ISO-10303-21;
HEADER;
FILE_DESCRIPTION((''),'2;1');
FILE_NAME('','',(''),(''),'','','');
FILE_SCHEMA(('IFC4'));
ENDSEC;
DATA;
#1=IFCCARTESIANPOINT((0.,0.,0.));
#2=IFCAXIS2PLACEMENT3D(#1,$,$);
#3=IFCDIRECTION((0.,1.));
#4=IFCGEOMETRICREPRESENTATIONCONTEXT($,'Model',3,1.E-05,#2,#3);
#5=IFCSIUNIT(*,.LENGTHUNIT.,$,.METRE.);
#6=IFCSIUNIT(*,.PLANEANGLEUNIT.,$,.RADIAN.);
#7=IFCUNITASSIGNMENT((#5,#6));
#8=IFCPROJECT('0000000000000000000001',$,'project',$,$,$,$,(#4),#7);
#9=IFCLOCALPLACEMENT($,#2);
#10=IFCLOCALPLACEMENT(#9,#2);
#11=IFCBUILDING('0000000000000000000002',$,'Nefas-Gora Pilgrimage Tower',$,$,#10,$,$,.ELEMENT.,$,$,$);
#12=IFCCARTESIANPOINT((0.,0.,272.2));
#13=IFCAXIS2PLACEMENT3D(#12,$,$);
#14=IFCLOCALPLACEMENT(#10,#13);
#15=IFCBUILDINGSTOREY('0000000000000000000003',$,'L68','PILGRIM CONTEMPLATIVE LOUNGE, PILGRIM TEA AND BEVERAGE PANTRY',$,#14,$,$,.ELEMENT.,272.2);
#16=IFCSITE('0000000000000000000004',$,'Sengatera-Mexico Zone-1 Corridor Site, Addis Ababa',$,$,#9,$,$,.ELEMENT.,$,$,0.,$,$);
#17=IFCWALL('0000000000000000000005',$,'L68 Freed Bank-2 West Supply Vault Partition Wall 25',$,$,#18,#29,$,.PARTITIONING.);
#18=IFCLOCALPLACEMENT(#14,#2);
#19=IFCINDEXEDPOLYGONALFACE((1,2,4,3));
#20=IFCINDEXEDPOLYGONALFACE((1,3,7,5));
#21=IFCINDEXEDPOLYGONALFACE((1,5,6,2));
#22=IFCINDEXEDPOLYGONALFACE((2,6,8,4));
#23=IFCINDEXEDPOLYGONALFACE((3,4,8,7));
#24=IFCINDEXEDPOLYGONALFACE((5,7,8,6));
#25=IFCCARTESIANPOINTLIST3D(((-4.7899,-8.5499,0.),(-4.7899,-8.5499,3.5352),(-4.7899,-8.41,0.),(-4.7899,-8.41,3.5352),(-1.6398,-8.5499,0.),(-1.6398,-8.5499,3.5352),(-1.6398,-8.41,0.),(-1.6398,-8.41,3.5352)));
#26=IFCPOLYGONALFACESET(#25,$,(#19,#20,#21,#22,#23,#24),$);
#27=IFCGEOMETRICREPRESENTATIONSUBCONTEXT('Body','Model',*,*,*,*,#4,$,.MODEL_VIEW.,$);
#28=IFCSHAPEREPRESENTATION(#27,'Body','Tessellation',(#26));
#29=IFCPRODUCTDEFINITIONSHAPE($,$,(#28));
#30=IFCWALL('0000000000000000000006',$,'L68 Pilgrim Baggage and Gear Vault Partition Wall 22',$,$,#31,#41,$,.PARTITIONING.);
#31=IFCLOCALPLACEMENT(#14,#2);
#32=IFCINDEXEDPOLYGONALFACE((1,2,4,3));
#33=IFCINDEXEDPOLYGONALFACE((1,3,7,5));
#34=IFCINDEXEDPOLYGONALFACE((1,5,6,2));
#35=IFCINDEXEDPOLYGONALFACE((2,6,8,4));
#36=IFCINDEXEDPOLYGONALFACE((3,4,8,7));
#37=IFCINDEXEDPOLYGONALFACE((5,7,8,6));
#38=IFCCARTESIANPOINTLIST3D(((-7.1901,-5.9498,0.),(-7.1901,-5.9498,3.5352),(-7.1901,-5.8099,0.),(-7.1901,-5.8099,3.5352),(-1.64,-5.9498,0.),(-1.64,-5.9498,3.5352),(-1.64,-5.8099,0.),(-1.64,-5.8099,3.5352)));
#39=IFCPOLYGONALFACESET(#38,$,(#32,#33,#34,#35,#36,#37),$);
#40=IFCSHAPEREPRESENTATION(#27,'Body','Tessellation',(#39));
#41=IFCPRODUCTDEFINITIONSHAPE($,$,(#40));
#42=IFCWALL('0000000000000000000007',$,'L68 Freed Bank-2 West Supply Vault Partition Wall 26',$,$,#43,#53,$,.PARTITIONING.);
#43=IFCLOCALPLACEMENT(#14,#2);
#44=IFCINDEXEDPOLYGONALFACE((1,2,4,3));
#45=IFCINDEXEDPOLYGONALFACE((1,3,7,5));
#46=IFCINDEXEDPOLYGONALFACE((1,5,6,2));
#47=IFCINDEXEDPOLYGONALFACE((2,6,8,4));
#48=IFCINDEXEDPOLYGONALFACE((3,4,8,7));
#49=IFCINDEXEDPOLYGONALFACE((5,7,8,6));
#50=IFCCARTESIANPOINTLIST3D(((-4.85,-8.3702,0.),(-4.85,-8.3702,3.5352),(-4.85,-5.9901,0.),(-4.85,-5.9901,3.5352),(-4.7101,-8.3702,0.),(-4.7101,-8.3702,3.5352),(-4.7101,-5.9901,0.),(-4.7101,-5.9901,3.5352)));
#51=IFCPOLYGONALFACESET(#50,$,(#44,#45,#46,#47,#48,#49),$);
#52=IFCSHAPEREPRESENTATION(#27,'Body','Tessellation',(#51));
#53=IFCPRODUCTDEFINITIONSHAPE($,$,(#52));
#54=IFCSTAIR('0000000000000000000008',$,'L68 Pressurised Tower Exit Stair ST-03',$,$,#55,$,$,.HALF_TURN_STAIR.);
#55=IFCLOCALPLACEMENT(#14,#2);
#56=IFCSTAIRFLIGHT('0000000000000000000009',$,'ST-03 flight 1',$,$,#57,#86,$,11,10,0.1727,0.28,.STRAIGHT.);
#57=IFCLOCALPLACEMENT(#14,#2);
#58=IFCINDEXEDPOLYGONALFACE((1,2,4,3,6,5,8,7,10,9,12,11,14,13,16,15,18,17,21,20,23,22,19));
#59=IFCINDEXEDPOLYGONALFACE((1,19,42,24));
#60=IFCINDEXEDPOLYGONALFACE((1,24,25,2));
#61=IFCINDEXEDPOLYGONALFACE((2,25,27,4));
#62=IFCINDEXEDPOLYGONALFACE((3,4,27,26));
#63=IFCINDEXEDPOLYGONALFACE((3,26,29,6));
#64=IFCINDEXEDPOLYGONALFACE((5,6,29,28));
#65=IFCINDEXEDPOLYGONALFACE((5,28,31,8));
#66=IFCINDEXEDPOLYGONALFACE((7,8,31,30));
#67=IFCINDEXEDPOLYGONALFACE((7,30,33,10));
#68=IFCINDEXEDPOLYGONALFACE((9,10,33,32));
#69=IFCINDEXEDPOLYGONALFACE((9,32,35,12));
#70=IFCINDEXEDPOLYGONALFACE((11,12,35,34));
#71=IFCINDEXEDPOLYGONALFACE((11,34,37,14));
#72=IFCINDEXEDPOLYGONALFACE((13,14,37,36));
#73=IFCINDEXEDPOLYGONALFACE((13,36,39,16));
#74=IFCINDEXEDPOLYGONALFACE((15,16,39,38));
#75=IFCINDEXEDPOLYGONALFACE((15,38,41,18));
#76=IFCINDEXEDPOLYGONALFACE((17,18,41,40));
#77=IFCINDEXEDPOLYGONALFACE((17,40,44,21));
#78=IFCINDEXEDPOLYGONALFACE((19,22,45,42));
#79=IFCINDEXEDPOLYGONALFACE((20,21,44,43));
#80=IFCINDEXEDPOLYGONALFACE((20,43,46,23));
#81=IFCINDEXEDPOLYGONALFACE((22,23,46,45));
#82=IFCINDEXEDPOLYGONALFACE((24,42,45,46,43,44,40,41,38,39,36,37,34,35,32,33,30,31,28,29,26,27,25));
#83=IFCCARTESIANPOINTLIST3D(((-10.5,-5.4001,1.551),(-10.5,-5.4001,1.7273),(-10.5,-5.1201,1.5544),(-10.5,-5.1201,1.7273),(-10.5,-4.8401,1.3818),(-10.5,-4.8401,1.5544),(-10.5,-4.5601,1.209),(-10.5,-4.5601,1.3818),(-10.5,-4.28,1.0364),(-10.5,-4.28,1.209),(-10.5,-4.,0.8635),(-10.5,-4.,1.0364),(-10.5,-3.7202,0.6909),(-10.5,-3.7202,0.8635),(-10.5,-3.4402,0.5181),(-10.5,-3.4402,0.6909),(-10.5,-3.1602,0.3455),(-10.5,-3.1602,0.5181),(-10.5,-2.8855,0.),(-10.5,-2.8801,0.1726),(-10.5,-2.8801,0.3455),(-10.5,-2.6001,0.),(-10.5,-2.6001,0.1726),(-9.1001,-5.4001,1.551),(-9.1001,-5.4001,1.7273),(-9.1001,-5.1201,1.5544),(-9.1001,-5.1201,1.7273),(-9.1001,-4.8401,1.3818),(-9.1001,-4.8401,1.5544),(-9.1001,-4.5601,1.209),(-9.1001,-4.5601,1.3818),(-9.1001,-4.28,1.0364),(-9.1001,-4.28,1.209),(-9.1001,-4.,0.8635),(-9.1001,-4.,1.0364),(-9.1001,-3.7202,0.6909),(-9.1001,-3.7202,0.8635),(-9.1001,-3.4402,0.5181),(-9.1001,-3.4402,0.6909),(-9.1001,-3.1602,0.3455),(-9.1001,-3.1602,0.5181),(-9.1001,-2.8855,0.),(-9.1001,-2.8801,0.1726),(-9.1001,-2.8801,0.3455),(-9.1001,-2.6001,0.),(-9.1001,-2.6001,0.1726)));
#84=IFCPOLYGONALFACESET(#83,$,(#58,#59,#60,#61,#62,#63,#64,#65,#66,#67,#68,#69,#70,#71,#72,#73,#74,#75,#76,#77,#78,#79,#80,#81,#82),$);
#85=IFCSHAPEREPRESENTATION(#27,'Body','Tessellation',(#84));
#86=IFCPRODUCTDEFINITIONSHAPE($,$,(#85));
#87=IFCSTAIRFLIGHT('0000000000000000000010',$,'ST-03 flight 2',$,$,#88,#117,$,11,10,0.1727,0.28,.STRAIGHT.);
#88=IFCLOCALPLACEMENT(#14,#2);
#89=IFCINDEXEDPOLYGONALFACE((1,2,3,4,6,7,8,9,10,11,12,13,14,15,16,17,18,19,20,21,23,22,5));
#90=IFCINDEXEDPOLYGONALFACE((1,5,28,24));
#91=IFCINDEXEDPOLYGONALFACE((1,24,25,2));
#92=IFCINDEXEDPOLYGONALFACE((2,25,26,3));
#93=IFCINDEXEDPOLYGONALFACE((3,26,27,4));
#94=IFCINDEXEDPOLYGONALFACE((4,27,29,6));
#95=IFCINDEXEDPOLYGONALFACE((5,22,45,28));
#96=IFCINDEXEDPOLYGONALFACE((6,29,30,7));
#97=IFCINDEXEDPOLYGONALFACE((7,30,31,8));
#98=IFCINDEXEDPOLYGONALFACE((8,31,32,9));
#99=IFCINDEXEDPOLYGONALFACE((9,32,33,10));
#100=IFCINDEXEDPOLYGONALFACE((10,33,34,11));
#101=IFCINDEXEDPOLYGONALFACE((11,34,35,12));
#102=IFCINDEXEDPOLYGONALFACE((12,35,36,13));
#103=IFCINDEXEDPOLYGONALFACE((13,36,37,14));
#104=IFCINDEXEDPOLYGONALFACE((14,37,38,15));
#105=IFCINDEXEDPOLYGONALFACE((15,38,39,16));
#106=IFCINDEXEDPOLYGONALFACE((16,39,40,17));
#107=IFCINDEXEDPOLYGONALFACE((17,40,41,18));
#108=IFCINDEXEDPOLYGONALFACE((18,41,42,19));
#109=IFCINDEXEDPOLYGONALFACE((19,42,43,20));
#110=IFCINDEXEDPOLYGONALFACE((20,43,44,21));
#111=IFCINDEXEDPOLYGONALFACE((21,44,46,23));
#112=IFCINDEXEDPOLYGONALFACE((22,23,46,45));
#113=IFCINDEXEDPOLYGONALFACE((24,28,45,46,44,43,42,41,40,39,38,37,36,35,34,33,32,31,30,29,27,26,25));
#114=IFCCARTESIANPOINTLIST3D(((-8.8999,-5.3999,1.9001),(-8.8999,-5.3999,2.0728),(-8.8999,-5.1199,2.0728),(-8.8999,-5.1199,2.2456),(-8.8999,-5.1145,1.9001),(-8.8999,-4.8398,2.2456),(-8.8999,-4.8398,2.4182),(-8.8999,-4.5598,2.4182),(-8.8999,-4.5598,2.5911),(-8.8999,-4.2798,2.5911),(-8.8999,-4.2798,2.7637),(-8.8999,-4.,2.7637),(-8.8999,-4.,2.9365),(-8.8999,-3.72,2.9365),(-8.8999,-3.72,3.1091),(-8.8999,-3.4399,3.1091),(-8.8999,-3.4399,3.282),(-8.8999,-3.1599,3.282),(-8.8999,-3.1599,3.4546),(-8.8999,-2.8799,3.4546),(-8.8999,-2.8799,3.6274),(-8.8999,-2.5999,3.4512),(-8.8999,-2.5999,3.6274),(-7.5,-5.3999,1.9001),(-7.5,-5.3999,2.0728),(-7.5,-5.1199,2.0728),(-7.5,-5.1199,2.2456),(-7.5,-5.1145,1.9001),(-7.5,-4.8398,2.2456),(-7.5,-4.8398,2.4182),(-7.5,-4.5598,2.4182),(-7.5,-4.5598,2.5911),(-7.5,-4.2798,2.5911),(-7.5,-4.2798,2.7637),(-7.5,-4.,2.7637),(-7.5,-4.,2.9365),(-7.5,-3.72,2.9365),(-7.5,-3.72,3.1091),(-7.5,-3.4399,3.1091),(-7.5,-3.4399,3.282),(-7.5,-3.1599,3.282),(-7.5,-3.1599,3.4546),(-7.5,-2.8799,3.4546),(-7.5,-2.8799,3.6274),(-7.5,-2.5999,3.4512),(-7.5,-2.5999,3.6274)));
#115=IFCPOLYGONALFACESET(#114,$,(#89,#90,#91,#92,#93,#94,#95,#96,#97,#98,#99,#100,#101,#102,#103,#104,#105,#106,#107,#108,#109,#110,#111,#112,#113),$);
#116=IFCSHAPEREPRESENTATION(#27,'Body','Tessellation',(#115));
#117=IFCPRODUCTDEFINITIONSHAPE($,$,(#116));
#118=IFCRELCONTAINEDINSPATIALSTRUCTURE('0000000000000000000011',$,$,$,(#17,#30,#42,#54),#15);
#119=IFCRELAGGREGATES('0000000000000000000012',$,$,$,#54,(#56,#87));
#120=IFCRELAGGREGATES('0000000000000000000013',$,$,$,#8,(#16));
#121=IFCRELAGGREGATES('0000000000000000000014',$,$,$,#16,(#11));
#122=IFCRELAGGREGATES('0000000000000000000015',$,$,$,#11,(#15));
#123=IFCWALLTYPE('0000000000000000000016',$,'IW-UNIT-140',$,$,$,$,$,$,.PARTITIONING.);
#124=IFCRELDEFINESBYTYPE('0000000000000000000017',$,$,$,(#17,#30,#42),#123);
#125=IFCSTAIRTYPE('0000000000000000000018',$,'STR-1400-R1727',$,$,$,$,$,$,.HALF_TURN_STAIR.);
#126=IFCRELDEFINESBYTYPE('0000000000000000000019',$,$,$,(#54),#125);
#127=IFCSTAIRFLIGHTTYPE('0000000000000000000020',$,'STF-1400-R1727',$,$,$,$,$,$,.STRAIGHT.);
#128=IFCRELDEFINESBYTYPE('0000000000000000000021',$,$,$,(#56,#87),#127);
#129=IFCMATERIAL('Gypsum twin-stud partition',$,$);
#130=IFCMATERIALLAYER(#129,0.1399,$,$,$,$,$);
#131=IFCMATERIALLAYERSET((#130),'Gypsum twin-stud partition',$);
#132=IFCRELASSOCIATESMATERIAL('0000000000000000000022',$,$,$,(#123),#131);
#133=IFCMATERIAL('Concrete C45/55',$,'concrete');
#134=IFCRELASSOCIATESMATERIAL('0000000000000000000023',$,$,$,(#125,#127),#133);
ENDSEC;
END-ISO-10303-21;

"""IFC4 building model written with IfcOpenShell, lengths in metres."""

from ifc_helpers import new_model, si_unit, direction, frame, frame_2d, origin, place, context, subcontext, project, spatial, polyline, rectangle, outline, extrude, source, transform, mapped, material, layer, layer_set, type_object, element, aggregate, save


model = new_model("IFC4")

# Units and contexts
model_context = context("Model", 3, precision=1e-05, world=origin(), true_north=direction((0.0, 1.0)))
body_context = subcontext(model_context, "Body", "Model", "MODEL_VIEW")
ifc_project = project(units=[si_unit("LENGTHUNIT", "METRE"), si_unit("PLANEANGLEUNIT", "RADIAN")], contexts=[model_context])

# Site, building, storey
site_placement = place(None, origin())
site = spatial("IfcSite", under=ifc_project, at=site_placement, Name="Sengatera-Mexico Zone-1 Corridor Site, Addis Ababa", CompositionType="ELEMENT", RefElevation=0.0)
building_placement = place(site_placement, origin())
building = spatial("IfcBuilding", under=site, at=building_placement, Name="Nefas-Gora Pilgrimage Tower", CompositionType="ELEMENT")
storey_placement = place(building_placement, frame((0.0, 0.0, 272.2)))
storey = spatial("IfcBuildingStorey", under=building, at=storey_placement, Name="L68", Description="PILGRIM CONTEMPLATIVE LOUNGE, PILGRIM TEA AND BEVERAGE PANTRY", CompositionType="ELEMENT", Elevation=272.2)

# Shared definitions
ifc_material_1 = material(Name="Concrete C45/55", Category="concrete")

# Walls
ifc_material_2 = material(Name="Gypsum twin-stud partition")
ifc_layer_1 = layer(ifc_material_2, 0.1399)
ifc_layer_set_1 = layer_set([ifc_layer_1], Name="Gypsum twin-stud partition")
wall_type_1 = type_object("IfcWallType", Name="IW-UNIT-140", PredefinedType="PARTITIONING", material=ifc_layer_set_1)
shared_shape_1 = source(origin(), body_context, "Body", "SweptSolid", [
    extrude(rectangle(XDim=3.1501, YDim=0.1399, at=frame_2d((1.5752, 0.0))), origin(), (0.0, 0.0, 1.0), 3.5352),
])
wall_1_placement = place(storey_placement, frame((-4.79, -8.48, 0.0), z_axis=(0.0, 0.0, 1.0), x_axis=(1.0, 0.0, 0.0)))
element("IfcWall", 1, at=wall_1_placement, inside=storey, type_object=wall_type_1, Name="L68 Freed Bank-2 West Supply Vault Partition Wall 25", PredefinedType="PARTITIONING", context=body_context, shape_type="MappedRepresentation", body=[
    mapped(shared_shape_1, transform((0.0, 0.0, 0.0), x_axis=(1.0, 0.0, 0.0), y_axis=(0.0, 1.0, 0.0), z_axis=(0.0, 0.0, 1.0), scale=1.0)),
])
shared_shape_2 = source(origin(), body_context, "Body", "SweptSolid", [
    extrude(rectangle(XDim=5.55, YDim=0.1399, at=frame_2d((2.7749, 0.0))), origin(), (0.0, 0.0, 1.0), 3.5352),
])
wall_2_placement = place(storey_placement, frame((-7.1899, -5.8799, 0.0), z_axis=(0.0, 0.0, 1.0), x_axis=(1.0, 0.0, 0.0)))
element("IfcWall", 2, at=wall_2_placement, inside=storey, type_object=wall_type_1, Name="L68 Pilgrim Baggage and Gear Vault Partition Wall 22", PredefinedType="PARTITIONING", context=body_context, shape_type="MappedRepresentation", body=[
    mapped(shared_shape_2, transform((0.0, 0.0, 0.0), x_axis=(1.0, 0.0, 0.0), y_axis=(0.0, 1.0, 0.0), z_axis=(0.0, 0.0, 1.0), scale=1.0)),
])
shared_shape_3 = source(origin(), body_context, "Body", "SweptSolid", [
    extrude(rectangle(XDim=2.3801, YDim=0.1399, at=frame_2d((1.1899, 0.0))), origin(), (0.0, 0.0, 1.0), 3.5352),
])
wall_3_placement = place(storey_placement, frame((-4.78, -8.3701, 0.0), z_axis=(0.0, 0.0, 1.0), x_axis=(0.0, 1.0, 0.0)))
element("IfcWall", 3, at=wall_3_placement, inside=storey, type_object=wall_type_1, Name="L68 Freed Bank-2 West Supply Vault Partition Wall 26", PredefinedType="PARTITIONING", context=body_context, shape_type="MappedRepresentation", body=[
    mapped(shared_shape_3, transform((0.0, 0.0, 0.0), x_axis=(1.0, 0.0, 0.0), y_axis=(0.0, 1.0, 0.0), z_axis=(0.0, 0.0, 1.0), scale=1.0)),
])

# Stair, stair flights
stair_type = type_object("IfcStairType", Name="STR-1400-R1727", PredefinedType="HALF_TURN_STAIR", material=ifc_material_1)
stair_placement = place(storey_placement, origin())
stair = element("IfcStair", 4, at=stair_placement, inside=storey, type_object=stair_type, Name="L68 Pressurised Tower Exit Stair ST-03", PredefinedType="HALF_TURN_STAIR")
stair_flight_type = type_object("IfcStairFlightType", Name="STF-1400-R1727", PredefinedType="STRAIGHT", material=ifc_material_1)
shared_shape_4 = source(origin(), body_context, "Body", "SweptSolid", [
    extrude(outline(polyline([(0.0, 0.0), (0.0, 0.1726), (0.28, 0.1726), (0.28, 0.3455), (0.5601, 0.3455), (0.5601, 0.5181), (0.8401, 0.5181), (0.8401, 0.6909), (1.1201, 0.6909), (1.1201, 0.8635), (1.3999, 0.8635), (1.3999, 1.0364), (1.6799, 1.0364), (1.6799, 1.209), (1.96, 1.209), (1.96, 1.3818), (2.24, 1.3818), (2.24, 1.5544), (2.52, 1.5544), (2.52, 1.7273), (2.8, 1.7273), (2.8, 1.8999), (2.8, 1.551), (0.2854, 0.0), (0.0, 0.0)])), frame((0.0, 0.7, 0.0), z_axis=(0.0, -1.0, 0.0), x_axis=(1.0, 0.0, 0.0)), (0.0, 0.0, 1.0), 1.3999),
])
stair_flight_1_placement = place(storey_placement, frame((-9.8, -2.6001, 0.0), z_axis=(0.0, 0.0, 1.0), x_axis=(0.0, -1.0, 0.0)))
stair_flight_1 = element("IfcStairFlight", 5, at=stair_flight_1_placement, type_object=stair_flight_type, Name="ST-03 flight 1", NumberOfRisers=11, NumberOfTreads=10, PredefinedType="STRAIGHT", RiserHeight=0.1727, TreadLength=0.28, context=body_context, shape_type="MappedRepresentation", body=[
    mapped(shared_shape_4, transform((0.0, 0.0, 0.0), x_axis=(1.0, 0.0, 0.0), y_axis=(0.0, 1.0, 0.0), z_axis=(0.0, 0.0, 1.0), scale=1.0)),
])
stair_flight_2_placement = place(storey_placement, frame((-8.2, -5.3999, 1.9001), z_axis=(0.0, 0.0, 1.0), x_axis=(0.0, 1.0, 0.0)))
stair_flight_2 = element("IfcStairFlight", 6, at=stair_flight_2_placement, type_object=stair_flight_type, Name="ST-03 flight 2", NumberOfRisers=11, NumberOfTreads=10, PredefinedType="STRAIGHT", RiserHeight=0.1727, TreadLength=0.28, context=body_context, shape_type="MappedRepresentation", body=[
    mapped(shared_shape_4, transform((0.0, 0.0, 0.0), x_axis=(1.0, 0.0, 0.0), y_axis=(0.0, 1.0, 0.0), z_axis=(0.0, 0.0, 1.0), scale=1.0)),
])
aggregate(stair, [stair_flight_1, stair_flight_2])

save(model, "model.ifc")
